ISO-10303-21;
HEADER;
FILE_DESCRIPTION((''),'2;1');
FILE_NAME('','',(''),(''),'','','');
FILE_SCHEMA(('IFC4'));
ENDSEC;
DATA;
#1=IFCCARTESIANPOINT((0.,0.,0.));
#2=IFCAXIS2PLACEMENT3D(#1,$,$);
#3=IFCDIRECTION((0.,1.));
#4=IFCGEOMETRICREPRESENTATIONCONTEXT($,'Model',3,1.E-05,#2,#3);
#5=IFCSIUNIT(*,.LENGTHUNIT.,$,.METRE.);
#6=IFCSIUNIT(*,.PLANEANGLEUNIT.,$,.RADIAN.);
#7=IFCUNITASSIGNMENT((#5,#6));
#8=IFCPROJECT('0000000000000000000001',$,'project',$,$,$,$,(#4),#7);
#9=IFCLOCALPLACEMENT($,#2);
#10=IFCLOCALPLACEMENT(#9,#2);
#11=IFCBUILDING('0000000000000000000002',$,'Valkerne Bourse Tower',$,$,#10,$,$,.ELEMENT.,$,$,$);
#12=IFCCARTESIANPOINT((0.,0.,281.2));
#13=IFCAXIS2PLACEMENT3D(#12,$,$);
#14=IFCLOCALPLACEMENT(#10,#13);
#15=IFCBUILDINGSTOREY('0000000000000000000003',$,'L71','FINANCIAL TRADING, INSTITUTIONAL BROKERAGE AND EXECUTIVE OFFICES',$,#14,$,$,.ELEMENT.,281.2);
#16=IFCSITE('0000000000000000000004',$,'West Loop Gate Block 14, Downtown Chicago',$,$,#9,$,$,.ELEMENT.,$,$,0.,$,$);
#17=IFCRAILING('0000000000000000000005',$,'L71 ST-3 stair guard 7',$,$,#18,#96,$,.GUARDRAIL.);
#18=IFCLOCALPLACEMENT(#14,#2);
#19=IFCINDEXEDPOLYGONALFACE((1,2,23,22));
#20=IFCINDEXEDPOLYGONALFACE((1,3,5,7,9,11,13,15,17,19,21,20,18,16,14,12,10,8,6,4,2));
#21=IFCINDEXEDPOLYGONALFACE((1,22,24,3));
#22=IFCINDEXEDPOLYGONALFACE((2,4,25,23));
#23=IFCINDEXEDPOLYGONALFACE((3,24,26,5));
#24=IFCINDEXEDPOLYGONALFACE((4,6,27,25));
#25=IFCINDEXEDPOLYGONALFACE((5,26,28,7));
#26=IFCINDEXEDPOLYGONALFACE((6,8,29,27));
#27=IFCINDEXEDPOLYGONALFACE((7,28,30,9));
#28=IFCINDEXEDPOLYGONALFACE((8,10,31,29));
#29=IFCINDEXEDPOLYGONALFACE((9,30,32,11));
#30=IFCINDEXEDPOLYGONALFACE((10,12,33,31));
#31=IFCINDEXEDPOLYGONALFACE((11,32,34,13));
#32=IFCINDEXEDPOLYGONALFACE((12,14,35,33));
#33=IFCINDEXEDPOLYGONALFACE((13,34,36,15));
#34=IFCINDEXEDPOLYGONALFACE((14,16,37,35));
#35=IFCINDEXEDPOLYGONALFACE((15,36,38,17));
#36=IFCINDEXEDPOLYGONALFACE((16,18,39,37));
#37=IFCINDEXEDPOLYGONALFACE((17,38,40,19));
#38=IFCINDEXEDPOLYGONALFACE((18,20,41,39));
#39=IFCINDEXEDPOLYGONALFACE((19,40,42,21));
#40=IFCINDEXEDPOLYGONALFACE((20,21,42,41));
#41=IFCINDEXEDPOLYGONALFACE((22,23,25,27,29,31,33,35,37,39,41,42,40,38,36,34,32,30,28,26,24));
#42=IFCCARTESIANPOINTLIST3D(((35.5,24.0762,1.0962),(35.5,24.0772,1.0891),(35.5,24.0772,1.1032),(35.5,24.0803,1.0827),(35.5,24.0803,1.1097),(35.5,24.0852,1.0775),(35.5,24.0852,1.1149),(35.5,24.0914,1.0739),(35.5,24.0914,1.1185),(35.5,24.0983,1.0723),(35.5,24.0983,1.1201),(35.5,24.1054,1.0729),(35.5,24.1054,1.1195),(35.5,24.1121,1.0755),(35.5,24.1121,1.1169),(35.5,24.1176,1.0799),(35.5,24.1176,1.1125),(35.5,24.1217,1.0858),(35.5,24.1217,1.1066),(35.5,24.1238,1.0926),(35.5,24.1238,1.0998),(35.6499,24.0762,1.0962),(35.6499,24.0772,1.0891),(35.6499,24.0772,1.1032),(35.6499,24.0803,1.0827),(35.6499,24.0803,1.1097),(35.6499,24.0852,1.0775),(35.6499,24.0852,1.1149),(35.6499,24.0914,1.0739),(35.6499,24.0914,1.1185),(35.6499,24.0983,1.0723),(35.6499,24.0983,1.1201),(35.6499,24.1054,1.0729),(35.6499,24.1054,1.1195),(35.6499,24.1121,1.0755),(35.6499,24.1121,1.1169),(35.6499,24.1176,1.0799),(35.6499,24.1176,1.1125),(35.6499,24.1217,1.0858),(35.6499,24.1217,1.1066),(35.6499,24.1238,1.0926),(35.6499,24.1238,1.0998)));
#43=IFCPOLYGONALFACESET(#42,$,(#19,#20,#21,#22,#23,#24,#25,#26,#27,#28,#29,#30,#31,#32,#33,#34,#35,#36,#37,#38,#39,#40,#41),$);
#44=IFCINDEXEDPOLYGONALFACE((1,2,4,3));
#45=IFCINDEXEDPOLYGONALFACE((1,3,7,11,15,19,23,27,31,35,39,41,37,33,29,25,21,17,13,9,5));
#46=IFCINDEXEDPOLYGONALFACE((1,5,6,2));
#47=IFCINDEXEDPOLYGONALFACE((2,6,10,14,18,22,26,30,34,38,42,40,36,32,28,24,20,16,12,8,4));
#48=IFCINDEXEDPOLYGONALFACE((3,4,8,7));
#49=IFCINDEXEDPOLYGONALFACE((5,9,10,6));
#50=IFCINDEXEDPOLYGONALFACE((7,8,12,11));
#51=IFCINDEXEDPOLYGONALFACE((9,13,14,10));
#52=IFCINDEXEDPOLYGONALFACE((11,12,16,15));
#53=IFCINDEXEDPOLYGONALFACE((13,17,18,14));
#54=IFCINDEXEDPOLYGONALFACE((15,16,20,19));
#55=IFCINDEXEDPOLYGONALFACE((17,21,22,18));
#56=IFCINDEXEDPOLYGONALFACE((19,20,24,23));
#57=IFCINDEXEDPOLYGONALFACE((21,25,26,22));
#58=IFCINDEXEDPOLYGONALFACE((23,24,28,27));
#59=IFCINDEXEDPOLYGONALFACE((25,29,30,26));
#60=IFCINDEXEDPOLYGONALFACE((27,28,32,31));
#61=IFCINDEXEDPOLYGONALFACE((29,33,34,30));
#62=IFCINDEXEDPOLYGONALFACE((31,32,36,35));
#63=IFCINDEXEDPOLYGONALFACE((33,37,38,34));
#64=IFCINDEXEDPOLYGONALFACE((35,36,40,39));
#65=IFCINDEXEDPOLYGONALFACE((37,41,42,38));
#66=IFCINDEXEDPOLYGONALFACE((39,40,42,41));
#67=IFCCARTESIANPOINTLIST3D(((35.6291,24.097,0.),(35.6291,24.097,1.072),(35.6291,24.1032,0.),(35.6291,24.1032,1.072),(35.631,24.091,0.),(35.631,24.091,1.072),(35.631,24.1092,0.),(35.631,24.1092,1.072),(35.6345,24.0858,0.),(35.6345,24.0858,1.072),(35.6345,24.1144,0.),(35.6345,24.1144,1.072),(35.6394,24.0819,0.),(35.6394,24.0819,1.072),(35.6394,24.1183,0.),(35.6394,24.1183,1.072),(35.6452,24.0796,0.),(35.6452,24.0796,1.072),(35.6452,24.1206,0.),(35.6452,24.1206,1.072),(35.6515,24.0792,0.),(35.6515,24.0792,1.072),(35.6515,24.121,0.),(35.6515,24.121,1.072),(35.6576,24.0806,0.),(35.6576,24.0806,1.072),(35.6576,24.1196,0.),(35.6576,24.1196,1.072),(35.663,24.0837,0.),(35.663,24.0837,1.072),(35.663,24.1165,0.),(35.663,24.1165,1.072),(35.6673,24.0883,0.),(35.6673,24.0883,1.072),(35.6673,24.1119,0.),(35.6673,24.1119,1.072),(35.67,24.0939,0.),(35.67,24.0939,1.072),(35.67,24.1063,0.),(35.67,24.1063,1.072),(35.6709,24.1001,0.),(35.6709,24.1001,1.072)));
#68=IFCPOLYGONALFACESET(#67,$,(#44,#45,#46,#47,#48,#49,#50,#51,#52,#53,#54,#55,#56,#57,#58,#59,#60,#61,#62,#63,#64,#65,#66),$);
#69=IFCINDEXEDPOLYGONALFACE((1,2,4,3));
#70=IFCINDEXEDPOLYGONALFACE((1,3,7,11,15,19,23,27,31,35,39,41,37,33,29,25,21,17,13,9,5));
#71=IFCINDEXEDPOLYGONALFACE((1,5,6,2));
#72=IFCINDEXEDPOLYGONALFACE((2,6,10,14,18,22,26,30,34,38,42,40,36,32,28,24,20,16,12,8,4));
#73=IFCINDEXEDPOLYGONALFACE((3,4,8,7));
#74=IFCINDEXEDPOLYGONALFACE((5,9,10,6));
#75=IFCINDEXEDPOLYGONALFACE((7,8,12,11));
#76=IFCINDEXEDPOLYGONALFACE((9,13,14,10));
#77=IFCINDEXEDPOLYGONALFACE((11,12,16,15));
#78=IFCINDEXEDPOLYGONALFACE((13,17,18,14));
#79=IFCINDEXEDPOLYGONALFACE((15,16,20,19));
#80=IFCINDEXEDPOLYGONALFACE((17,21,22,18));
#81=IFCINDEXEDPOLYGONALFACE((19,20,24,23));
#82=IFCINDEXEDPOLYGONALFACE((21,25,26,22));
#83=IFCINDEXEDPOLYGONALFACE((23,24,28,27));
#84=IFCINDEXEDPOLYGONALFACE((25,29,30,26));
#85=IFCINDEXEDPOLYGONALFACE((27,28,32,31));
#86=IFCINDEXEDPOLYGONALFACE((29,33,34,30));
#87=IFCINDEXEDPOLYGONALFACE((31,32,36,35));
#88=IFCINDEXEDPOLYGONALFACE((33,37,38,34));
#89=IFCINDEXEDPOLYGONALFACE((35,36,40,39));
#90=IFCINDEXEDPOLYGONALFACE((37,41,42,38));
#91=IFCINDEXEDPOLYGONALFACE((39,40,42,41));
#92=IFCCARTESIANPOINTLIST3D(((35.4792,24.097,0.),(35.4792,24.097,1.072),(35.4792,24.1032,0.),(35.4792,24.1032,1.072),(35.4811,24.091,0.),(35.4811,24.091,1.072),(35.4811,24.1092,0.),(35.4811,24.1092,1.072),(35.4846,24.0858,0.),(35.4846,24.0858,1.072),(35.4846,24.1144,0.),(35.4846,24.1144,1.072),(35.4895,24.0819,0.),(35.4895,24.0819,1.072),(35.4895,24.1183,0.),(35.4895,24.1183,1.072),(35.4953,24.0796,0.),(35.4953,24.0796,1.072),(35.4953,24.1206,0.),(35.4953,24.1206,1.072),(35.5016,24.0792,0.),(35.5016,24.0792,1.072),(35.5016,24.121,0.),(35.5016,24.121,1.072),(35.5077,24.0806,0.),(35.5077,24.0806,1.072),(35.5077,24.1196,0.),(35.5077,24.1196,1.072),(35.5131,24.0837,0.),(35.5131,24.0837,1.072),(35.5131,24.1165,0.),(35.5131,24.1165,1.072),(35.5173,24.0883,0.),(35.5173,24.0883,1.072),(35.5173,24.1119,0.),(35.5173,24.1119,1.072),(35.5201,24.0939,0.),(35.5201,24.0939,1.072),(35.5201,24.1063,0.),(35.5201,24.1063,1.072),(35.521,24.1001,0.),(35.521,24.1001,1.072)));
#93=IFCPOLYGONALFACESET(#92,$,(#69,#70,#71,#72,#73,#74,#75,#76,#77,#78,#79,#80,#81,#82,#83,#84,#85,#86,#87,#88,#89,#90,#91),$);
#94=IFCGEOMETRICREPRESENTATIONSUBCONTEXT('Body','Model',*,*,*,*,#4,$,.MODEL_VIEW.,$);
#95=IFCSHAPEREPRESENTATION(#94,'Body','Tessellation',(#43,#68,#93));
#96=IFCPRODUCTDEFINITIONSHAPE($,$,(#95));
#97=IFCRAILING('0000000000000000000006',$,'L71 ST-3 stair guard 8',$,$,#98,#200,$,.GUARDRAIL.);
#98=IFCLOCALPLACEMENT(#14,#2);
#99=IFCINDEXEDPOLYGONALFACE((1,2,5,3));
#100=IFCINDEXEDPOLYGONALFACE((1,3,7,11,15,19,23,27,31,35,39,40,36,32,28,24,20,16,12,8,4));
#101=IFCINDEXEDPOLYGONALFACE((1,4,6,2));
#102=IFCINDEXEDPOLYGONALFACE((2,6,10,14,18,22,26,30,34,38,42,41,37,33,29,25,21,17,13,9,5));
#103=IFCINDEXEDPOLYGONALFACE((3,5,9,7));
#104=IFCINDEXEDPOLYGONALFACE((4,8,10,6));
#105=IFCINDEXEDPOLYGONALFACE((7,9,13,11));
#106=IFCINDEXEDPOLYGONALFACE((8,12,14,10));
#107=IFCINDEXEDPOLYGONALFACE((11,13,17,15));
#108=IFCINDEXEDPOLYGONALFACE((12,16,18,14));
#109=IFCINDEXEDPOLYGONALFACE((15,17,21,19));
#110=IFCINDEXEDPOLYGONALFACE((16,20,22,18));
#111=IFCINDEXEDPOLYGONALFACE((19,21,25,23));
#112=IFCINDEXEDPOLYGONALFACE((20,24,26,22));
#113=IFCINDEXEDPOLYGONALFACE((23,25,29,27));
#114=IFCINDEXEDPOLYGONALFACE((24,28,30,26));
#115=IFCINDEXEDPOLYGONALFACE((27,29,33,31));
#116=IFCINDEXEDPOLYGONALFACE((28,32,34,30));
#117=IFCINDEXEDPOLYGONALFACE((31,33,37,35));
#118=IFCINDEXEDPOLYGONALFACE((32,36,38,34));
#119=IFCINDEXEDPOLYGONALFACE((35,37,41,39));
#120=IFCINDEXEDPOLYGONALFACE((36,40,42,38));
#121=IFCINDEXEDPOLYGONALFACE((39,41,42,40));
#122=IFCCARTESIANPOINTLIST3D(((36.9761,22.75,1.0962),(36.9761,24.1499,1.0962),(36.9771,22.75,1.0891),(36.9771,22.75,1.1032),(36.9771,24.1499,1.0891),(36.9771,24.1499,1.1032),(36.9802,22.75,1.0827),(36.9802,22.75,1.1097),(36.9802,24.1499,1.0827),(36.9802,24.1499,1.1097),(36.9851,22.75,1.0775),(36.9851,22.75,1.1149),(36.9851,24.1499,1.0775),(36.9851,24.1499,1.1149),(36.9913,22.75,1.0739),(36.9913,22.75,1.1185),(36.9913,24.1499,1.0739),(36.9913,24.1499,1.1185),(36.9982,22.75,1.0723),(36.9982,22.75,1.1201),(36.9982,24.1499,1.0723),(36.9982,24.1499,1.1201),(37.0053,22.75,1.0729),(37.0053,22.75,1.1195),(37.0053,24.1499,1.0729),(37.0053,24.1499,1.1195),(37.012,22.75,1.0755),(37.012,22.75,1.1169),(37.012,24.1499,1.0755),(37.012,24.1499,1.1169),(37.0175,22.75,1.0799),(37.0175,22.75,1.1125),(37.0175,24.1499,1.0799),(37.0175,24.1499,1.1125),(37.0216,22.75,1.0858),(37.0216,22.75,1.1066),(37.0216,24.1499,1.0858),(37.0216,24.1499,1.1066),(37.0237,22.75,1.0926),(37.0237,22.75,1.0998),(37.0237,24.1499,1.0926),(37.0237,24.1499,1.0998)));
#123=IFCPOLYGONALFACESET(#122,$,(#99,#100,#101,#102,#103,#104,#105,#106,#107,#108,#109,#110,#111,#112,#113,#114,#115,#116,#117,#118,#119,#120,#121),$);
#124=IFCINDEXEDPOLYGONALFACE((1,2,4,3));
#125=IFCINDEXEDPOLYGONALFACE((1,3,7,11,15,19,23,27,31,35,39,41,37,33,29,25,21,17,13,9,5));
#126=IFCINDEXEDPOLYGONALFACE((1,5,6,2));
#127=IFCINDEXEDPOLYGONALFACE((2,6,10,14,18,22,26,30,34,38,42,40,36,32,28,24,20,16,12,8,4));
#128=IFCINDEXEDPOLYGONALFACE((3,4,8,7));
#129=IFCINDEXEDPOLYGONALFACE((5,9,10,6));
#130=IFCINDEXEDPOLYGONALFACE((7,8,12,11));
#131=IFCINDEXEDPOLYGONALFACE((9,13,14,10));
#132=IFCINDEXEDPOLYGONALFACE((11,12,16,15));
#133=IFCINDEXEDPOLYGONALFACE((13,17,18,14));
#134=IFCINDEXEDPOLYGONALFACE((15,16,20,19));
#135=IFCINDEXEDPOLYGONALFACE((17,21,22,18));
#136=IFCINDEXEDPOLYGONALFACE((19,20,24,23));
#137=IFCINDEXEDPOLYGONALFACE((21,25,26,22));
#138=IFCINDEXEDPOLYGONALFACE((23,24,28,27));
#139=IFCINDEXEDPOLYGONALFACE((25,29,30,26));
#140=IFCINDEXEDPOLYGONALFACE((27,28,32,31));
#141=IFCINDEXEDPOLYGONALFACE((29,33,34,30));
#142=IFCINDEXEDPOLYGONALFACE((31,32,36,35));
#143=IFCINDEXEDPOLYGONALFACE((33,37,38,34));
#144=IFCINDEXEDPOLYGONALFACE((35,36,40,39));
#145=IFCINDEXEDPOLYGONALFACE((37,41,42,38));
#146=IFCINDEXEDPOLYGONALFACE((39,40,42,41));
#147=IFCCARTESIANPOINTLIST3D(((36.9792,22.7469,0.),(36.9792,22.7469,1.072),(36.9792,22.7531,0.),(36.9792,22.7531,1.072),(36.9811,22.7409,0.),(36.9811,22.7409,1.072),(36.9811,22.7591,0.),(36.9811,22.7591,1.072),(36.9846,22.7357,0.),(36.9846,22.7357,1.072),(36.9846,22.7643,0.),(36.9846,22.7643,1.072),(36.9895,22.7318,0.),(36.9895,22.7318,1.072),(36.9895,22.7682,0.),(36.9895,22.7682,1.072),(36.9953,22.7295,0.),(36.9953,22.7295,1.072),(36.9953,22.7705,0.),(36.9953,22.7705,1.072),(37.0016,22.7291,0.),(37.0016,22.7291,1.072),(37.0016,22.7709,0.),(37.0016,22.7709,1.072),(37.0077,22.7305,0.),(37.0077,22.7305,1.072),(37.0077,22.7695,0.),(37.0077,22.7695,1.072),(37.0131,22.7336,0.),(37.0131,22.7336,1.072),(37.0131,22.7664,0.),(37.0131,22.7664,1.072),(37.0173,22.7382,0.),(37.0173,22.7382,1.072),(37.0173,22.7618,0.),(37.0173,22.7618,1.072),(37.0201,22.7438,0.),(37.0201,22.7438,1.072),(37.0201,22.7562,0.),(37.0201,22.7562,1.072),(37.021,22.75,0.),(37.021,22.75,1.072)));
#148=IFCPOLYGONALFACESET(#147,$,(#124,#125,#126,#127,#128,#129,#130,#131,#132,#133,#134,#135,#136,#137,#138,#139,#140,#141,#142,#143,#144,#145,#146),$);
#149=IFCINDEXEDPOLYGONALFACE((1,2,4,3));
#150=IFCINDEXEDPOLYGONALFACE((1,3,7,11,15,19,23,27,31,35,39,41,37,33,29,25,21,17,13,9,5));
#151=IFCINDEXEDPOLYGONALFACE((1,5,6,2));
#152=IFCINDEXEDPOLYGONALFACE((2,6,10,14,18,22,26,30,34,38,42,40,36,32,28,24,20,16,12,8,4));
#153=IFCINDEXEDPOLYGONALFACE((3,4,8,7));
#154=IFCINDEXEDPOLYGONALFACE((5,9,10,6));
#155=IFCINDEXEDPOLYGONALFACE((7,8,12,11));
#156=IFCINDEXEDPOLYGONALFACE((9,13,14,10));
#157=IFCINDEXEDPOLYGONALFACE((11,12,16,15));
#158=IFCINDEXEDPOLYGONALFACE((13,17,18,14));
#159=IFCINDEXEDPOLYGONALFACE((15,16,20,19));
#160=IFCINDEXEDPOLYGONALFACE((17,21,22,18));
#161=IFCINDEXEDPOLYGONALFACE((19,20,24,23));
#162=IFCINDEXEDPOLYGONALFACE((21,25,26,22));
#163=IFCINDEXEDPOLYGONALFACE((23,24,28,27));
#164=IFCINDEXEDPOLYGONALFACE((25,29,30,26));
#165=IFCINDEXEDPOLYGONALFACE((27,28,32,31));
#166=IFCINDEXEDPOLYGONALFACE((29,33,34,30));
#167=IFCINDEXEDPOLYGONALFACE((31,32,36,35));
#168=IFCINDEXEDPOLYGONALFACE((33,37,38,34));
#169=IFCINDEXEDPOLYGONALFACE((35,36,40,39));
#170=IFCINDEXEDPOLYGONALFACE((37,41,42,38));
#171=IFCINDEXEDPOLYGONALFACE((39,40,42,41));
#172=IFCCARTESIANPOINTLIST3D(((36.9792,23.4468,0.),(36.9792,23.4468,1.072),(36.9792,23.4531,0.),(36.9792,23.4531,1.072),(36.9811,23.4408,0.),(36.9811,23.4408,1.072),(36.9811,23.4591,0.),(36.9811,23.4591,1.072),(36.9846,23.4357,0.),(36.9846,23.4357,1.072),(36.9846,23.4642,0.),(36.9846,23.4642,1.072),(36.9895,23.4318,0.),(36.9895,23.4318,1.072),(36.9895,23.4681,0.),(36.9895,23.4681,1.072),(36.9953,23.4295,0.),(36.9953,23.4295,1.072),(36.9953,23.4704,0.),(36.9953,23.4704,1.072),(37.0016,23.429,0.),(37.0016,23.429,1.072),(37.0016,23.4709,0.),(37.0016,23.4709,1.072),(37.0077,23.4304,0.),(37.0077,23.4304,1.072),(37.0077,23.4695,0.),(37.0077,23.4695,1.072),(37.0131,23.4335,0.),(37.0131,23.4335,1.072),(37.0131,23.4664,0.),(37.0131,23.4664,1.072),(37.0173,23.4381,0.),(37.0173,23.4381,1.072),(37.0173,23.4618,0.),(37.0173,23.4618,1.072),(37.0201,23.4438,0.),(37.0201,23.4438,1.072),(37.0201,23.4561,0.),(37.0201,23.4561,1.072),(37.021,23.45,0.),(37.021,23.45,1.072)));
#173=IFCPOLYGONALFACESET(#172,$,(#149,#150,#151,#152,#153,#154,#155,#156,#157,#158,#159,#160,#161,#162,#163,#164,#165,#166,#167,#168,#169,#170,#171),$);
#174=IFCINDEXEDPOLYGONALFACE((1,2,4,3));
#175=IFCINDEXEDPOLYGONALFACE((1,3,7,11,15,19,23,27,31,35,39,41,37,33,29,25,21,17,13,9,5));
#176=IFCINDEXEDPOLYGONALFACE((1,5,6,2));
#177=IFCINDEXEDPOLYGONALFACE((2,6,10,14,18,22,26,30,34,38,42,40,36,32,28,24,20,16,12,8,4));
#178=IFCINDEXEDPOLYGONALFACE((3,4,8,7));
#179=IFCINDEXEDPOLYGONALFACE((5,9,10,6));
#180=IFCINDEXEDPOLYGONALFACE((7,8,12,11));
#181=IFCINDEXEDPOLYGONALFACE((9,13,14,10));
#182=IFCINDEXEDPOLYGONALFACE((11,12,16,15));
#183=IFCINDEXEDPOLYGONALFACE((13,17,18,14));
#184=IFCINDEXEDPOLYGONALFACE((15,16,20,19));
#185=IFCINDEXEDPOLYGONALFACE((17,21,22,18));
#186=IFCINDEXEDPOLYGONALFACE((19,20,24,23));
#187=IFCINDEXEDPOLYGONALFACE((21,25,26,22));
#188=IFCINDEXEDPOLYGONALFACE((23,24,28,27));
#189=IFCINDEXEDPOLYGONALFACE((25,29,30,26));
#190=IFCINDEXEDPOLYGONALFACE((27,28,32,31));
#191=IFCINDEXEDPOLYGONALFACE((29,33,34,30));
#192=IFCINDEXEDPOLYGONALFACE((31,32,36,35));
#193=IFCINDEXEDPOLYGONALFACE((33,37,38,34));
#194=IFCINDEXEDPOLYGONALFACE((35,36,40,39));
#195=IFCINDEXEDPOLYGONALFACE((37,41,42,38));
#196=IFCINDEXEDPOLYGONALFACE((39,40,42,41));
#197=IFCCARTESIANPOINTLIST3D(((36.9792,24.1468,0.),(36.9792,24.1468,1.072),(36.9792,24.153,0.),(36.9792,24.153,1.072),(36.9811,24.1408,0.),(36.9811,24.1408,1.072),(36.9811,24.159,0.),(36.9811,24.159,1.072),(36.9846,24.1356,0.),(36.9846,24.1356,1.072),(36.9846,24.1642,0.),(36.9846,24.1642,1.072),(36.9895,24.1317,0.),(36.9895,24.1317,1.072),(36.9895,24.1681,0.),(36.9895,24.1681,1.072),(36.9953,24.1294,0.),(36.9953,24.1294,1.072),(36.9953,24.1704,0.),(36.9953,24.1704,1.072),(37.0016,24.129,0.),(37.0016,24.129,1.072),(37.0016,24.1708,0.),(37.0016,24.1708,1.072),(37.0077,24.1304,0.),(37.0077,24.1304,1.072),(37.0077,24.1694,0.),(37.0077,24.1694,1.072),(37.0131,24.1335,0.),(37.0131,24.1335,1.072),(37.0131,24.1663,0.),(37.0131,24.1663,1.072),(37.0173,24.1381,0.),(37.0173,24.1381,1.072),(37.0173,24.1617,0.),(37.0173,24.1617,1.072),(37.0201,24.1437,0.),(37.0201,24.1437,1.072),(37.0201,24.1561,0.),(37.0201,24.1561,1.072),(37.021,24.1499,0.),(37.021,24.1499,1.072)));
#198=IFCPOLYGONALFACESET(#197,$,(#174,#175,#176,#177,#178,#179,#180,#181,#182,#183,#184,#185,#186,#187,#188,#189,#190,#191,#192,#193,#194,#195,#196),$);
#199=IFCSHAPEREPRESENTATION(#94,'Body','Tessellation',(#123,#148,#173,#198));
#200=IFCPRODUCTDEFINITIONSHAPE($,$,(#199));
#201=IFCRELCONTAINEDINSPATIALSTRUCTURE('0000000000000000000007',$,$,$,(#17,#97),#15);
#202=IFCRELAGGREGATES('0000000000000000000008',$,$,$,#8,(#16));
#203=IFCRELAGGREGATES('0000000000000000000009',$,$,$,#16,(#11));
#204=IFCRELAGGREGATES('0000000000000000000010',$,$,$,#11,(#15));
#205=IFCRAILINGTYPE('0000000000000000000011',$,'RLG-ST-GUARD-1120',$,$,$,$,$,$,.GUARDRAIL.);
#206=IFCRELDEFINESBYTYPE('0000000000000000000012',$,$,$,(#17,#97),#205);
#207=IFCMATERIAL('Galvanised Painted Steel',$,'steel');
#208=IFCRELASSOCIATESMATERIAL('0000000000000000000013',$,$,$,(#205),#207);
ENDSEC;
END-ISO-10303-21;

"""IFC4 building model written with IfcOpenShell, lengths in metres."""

from ifc_helpers import new_model, si_unit, direction, frame, origin, origin_2d, place, context, subcontext, project, spatial, circle, extrude, material, type_object, element, save


model = new_model("IFC4")

# Units and contexts
model_context = context("Model", 3, precision=1e-05, world=origin(), true_north=direction((0.0, 1.0)))
body_context = subcontext(model_context, "Body", "Model", "MODEL_VIEW")
ifc_project = project(units=[si_unit("LENGTHUNIT", "METRE"), si_unit("PLANEANGLEUNIT", "RADIAN")], contexts=[model_context])

# Site, building, storey
site_placement = place(None, origin())
site = spatial("IfcSite", under=ifc_project, at=site_placement, Name="West Loop Gate Block 14, Downtown Chicago", CompositionType="ELEMENT", RefElevation=0.0)
building_placement = place(site_placement, origin())
building = spatial("IfcBuilding", under=site, at=building_placement, Name="Valkerne Bourse Tower", CompositionType="ELEMENT")
storey_placement = place(building_placement, frame((0.0, 0.0, 281.2)))
storey = spatial("IfcBuildingStorey", under=building, at=storey_placement, Name="L71", Description="FINANCIAL TRADING, INSTITUTIONAL BROKERAGE AND EXECUTIVE OFFICES", CompositionType="ELEMENT", Elevation=281.2)

# Railings
ifc_material_1 = material(Name="Galvanised Painted Steel", Category="steel")
railing_type_1 = type_object("IfcRailingType", Name="RLG-ST-GUARD-1120", PredefinedType="GUARDRAIL", material=ifc_material_1)
railing_1_placement = place(storey_placement, frame((35.6499, 24.1001, 0.0)))
element("IfcRailing", 1, at=railing_1_placement, inside=storey, type_object=railing_type_1, Name="L71 ST-3 stair guard 7", PredefinedType="GUARDRAIL", context=body_context, shape_type="SweptSolid", body=[
    extrude(circle(Radius=0.0239, at=origin_2d()), frame((0.0, 0.0, 1.0962), z_axis=(-1.0, 0.0, 0.0), x_axis=(0.0, -1.0, 0.0)), (0.0, 0.0, 1.0), 0.1499),
    extrude(circle(Radius=0.021, at=origin_2d()), origin(), (0.0, 0.0, 1.0), 1.072),
    extrude(circle(Radius=0.021, at=origin_2d()), frame((-0.1499, 0.0, 0.0)), (0.0, 0.0, 1.0), 1.072),
])
railing_2_placement = place(storey_placement, frame((37.0, 22.75, 0.0)))
element("IfcRailing", 2, at=railing_2_placement, inside=storey, type_object=railing_type_1, Name="L71 ST-3 stair guard 8", PredefinedType="GUARDRAIL", context=body_context, shape_type="SweptSolid", body=[
    extrude(circle(Radius=0.0239, at=origin_2d()), frame((0.0, 0.0, 1.0962), z_axis=(0.0, 1.0, 0.0), x_axis=(-1.0, 0.0, 0.0)), (0.0, 0.0, 1.0), 1.3999),
    extrude(circle(Radius=0.021, at=origin_2d()), origin(), (0.0, 0.0, 1.0), 1.072),
    extrude(circle(Radius=0.021, at=origin_2d()), frame((0.0, 0.7, 0.0)), (0.0, 0.0, 1.0), 1.072),
    extrude(circle(Radius=0.021, at=origin_2d()), frame((0.0, 1.3999, 0.0)), (0.0, 0.0, 1.0), 1.072),
])

save(model, "model.ifc")
